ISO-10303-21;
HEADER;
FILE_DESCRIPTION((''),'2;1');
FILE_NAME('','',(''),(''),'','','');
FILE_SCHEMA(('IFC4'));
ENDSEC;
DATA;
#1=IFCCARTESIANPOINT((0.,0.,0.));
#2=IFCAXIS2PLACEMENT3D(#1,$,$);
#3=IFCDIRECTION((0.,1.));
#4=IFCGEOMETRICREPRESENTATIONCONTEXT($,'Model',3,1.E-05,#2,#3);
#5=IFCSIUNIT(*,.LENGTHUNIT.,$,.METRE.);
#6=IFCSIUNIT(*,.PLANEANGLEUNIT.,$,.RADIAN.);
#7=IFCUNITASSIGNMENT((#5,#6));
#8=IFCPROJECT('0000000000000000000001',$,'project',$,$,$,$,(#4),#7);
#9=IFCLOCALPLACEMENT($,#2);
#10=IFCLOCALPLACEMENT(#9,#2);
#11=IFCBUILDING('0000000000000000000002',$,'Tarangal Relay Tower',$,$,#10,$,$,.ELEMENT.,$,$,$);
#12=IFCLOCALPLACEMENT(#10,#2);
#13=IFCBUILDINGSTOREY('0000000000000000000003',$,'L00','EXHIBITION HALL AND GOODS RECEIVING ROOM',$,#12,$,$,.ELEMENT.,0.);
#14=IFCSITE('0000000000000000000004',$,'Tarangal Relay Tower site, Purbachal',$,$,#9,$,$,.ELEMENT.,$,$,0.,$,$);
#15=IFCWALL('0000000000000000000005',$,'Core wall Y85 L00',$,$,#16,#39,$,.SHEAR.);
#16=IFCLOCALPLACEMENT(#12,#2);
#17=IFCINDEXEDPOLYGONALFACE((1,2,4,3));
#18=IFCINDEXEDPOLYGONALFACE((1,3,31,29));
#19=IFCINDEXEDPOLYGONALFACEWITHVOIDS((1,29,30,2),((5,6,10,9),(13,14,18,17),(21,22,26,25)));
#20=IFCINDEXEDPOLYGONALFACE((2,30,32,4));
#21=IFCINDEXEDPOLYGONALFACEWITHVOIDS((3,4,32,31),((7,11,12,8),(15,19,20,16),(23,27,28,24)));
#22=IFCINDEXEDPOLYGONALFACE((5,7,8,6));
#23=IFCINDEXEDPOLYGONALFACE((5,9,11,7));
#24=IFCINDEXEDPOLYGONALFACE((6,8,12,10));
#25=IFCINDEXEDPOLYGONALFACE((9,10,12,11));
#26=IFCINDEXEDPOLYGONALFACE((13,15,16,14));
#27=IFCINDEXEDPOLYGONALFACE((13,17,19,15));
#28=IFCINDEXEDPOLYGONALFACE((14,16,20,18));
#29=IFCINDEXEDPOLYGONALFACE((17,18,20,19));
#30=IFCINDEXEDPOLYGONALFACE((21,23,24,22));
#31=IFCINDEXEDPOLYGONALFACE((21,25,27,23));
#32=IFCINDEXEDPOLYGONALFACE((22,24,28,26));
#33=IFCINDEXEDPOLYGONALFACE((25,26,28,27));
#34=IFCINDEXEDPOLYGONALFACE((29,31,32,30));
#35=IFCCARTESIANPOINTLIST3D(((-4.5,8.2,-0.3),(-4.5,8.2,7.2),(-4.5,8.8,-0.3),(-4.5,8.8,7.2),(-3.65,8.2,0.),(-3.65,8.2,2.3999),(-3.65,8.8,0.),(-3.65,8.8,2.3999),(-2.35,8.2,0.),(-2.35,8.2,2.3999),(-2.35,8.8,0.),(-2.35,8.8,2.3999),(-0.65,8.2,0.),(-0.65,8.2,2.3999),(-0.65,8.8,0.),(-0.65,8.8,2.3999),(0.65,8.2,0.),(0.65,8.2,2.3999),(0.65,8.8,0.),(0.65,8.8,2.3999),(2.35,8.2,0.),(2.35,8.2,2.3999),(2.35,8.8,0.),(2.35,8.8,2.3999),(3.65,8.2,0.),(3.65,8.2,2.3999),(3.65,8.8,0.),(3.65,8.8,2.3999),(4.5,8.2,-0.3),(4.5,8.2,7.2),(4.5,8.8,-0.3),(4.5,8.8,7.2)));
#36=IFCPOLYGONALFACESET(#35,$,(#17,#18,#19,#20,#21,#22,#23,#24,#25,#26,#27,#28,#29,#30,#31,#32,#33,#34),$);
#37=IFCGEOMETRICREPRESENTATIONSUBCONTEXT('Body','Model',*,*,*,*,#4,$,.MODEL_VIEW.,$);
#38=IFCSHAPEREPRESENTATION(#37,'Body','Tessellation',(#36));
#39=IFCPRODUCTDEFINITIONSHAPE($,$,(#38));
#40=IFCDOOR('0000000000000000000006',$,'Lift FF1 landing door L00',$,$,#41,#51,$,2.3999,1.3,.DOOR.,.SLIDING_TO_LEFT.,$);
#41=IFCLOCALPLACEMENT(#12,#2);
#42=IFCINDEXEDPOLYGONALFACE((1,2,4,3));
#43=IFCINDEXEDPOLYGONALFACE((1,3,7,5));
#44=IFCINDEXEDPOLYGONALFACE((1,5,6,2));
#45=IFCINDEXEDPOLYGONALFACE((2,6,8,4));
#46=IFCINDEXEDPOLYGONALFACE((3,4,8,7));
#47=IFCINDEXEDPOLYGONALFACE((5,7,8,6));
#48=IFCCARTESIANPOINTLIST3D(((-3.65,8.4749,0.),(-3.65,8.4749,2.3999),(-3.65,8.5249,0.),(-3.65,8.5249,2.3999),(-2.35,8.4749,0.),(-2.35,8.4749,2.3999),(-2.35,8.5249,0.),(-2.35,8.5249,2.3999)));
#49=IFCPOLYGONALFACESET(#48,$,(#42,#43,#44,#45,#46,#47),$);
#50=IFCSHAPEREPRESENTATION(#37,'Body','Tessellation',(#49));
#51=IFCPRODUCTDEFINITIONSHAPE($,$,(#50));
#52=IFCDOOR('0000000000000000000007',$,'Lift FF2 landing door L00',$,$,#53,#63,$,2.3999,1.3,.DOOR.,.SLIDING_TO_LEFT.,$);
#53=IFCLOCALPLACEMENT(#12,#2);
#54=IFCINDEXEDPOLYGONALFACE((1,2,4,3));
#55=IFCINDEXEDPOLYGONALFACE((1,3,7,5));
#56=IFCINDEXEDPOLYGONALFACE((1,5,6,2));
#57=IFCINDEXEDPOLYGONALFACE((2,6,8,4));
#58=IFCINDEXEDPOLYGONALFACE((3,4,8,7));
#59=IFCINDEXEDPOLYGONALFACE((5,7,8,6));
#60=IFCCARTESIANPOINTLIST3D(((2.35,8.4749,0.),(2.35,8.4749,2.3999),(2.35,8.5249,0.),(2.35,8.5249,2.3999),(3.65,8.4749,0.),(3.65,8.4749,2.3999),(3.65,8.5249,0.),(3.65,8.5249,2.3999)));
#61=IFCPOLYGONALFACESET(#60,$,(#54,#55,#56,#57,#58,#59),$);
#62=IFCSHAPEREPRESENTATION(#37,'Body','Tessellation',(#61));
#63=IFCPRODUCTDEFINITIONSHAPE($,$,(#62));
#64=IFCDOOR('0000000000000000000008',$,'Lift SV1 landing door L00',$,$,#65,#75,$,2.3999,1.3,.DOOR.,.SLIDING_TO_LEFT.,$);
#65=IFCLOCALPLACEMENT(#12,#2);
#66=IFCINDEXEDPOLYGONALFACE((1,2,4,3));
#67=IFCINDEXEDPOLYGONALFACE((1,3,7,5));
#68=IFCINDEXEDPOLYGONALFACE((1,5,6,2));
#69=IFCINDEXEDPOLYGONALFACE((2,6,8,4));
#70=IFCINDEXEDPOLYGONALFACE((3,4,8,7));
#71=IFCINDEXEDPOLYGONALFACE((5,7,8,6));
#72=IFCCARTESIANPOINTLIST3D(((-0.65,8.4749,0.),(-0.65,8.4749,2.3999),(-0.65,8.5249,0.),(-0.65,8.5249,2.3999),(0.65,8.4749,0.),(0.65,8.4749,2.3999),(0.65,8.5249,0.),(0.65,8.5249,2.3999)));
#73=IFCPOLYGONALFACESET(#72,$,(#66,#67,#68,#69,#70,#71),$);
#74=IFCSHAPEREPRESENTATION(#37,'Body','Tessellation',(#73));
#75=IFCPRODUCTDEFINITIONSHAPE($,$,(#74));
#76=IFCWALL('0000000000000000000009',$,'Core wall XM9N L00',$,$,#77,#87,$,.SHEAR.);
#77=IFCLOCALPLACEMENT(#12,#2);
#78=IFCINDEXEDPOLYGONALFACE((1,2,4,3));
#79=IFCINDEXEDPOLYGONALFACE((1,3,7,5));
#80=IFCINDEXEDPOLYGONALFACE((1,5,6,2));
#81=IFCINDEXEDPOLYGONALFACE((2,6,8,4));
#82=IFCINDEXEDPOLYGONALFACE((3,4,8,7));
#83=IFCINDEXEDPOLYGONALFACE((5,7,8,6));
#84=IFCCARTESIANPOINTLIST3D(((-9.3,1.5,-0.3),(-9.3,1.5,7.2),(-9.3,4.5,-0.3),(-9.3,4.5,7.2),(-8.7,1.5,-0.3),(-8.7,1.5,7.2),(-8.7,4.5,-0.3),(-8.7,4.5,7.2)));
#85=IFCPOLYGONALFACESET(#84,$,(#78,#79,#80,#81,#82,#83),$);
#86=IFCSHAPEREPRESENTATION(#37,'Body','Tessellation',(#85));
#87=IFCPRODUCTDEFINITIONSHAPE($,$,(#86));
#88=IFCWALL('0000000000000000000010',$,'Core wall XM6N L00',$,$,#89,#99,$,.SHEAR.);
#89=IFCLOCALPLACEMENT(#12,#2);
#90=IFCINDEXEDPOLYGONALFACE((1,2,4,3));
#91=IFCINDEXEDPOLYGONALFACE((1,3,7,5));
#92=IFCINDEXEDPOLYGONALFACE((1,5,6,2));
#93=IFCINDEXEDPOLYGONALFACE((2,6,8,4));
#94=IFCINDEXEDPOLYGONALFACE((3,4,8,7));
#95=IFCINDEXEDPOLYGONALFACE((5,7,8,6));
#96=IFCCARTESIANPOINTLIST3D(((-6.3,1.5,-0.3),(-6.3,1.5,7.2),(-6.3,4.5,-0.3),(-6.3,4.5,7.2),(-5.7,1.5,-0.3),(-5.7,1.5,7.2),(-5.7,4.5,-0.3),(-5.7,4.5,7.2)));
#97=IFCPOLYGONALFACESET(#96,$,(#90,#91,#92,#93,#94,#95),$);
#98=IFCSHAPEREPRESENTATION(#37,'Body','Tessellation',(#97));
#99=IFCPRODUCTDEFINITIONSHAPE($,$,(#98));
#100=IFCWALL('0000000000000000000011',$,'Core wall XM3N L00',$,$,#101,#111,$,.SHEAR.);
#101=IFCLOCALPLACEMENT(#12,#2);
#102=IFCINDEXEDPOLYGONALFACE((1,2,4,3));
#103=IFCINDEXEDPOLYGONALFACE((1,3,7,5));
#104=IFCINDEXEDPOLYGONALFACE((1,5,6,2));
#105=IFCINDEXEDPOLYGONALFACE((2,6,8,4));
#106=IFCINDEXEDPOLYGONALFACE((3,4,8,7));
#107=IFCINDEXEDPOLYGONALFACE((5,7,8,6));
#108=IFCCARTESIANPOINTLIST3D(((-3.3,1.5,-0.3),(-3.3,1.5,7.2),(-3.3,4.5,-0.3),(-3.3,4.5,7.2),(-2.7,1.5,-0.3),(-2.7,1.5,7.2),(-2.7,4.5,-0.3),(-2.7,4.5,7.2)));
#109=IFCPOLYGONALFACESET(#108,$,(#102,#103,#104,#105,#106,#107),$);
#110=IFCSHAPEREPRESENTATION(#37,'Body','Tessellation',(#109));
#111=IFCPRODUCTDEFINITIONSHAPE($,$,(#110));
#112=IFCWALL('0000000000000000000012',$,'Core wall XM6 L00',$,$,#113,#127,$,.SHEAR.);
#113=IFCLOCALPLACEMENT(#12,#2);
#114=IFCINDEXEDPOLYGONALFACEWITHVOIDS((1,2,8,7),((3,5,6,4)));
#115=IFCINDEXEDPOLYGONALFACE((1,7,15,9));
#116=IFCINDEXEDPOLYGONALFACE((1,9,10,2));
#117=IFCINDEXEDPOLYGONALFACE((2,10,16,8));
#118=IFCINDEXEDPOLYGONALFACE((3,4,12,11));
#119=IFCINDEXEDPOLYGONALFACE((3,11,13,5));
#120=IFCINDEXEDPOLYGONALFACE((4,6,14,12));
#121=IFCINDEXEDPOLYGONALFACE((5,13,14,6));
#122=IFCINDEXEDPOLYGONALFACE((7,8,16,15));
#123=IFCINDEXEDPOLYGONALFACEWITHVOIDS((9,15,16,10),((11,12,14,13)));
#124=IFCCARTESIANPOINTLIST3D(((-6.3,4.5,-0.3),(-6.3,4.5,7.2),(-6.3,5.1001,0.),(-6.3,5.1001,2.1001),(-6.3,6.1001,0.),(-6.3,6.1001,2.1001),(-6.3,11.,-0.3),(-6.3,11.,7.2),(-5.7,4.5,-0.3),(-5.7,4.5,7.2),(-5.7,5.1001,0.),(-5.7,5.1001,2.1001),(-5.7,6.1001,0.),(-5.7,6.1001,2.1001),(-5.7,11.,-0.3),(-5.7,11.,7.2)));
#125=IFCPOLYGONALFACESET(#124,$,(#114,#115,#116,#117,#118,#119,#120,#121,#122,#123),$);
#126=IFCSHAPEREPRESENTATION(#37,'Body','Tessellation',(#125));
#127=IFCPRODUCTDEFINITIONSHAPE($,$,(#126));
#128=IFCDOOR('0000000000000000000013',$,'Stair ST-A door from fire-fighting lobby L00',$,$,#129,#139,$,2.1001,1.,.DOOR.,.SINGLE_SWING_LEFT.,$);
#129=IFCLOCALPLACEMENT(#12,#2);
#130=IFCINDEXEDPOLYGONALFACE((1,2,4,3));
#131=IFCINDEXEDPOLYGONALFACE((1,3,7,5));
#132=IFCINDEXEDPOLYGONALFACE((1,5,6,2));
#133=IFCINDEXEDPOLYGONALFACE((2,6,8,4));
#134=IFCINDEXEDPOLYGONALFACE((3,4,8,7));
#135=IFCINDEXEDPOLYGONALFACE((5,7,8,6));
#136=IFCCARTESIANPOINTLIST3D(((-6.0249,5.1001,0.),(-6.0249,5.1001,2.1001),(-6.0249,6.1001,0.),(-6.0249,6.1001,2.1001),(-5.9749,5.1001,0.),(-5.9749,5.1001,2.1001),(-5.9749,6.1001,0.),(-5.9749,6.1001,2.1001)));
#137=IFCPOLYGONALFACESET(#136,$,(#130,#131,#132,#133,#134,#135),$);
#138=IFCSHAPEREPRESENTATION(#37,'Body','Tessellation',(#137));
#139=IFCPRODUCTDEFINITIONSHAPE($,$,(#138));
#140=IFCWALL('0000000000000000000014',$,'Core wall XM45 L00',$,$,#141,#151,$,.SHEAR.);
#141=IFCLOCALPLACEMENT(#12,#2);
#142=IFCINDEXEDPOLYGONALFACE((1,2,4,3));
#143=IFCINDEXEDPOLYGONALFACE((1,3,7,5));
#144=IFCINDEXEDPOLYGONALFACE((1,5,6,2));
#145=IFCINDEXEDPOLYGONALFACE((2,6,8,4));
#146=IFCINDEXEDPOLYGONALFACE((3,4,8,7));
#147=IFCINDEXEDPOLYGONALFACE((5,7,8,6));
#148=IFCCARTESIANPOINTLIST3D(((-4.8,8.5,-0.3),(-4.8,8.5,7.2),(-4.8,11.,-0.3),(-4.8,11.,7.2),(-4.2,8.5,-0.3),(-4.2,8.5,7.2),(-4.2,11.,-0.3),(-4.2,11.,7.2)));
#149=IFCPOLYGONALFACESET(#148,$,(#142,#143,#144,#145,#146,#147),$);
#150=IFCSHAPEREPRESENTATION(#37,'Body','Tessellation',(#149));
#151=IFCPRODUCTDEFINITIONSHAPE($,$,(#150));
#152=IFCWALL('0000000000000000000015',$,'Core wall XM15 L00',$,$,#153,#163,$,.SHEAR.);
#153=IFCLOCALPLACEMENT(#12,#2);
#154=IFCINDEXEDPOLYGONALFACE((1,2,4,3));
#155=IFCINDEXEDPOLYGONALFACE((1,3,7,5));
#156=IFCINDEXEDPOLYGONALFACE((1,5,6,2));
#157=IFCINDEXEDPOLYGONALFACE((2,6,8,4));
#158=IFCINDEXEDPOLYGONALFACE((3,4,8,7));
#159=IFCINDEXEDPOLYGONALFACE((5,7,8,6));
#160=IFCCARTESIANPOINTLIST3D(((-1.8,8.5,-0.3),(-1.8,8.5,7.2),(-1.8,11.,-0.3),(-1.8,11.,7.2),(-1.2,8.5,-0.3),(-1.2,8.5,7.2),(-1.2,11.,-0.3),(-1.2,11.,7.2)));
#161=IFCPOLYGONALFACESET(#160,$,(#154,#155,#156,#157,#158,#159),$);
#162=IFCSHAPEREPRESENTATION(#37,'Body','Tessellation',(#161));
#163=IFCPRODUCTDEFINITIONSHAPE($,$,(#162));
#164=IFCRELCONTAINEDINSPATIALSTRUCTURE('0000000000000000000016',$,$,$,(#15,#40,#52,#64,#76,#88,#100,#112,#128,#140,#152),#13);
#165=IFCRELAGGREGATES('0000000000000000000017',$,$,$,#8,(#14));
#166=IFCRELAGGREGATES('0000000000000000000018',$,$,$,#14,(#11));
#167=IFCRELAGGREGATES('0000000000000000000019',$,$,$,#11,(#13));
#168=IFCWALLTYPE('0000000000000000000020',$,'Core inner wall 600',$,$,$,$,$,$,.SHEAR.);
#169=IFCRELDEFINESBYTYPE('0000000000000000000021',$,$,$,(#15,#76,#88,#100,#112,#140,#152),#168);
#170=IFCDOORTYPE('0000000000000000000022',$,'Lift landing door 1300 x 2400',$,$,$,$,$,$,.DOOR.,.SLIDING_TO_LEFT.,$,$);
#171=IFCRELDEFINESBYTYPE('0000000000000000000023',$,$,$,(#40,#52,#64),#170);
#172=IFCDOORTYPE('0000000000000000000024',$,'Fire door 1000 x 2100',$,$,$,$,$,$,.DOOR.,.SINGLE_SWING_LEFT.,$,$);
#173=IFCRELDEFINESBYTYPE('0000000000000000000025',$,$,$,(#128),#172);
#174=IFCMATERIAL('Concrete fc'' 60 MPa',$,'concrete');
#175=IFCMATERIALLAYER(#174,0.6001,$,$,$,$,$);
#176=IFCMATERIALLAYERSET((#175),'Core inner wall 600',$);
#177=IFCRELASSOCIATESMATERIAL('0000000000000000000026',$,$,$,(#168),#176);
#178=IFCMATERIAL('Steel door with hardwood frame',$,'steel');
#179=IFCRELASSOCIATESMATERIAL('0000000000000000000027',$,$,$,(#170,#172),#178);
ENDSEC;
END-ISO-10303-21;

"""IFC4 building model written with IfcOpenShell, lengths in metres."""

from ifc_helpers import new_model, si_unit, direction, frame, frame_2d, origin, place, context, subcontext, project, spatial, rectangle, extrude, material, layer, layer_set, type_object, element, fill, save


model = new_model("IFC4")

# Units and contexts
model_context = context("Model", 3, precision=1e-05, world=origin(), true_north=direction((0.0, 1.0)))
body_context = subcontext(model_context, "Body", "Model", "MODEL_VIEW")
ifc_project = project(units=[si_unit("LENGTHUNIT", "METRE"), si_unit("PLANEANGLEUNIT", "RADIAN")], contexts=[model_context])

# Site, building, storey
site_placement = place(None, origin())
site = spatial("IfcSite", under=ifc_project, at=site_placement, Name="Tarangal Relay Tower site, Purbachal", CompositionType="ELEMENT", RefElevation=0.0)
building_placement = place(site_placement, origin())
building = spatial("IfcBuilding", under=site, at=building_placement, Name="Tarangal Relay Tower", CompositionType="ELEMENT")
storey_placement = place(building_placement, origin())
storey = spatial("IfcBuildingStorey", under=building, at=storey_placement, Name="L00", Description="EXHIBITION HALL AND GOODS RECEIVING ROOM", CompositionType="ELEMENT", Elevation=0.0)

# Wall, openings, doors
ifc_material_1 = material(Name="Concrete fc' 60 MPa", Category="concrete")
ifc_layer = layer(ifc_material_1, 0.6001)
ifc_layer_set = layer_set([ifc_layer], Name="Core inner wall 600")
wall_type = type_object("IfcWallType", Name="Core inner wall 600", PredefinedType="SHEAR", material=ifc_layer_set)
ifc_material_2 = material(Name="Steel door with hardwood frame", Category="steel")
wall_1_placement = place(storey_placement, frame((-4.5, 8.5, -0.3), z_axis=(0.0, 0.0, 1.0), x_axis=(1.0, 0.0, 0.0)))
wall_1 = element("IfcWall", 1, at=wall_1_placement, inside=storey, type_object=wall_type, Name="Core wall Y85 L00", PredefinedType="SHEAR", context=body_context, shape_type="SweptSolid", body=[
    extrude(rectangle(XDim=9.0, YDim=0.6001, at=frame_2d((4.5, 0.0))), origin(), (0.0, 0.0, 1.0), 7.5),
])
opening_1_placement = place(wall_1_placement, frame((0.8501, 0.0, 0.3)))
opening_1 = element("IfcOpeningElement", 2, at=opening_1_placement, cuts=wall_1, PredefinedType="OPENING", context=body_context, shape_type="SweptSolid", body=[
    extrude(rectangle(XDim=1.3, YDim=2.3999, at=frame_2d((0.6499, 1.2))), frame((0.0, 0.3101, 0.0), z_axis=(0.0, -1.0, 0.0), x_axis=(1.0, 0.0, 0.0)), (0.0, 0.0, 1.0), 0.6201),
])
opening_2_placement = place(wall_1_placement, frame((6.8501, 0.0, 0.3)))
opening_2 = element("IfcOpeningElement", 3, at=opening_2_placement, cuts=wall_1, PredefinedType="OPENING", context=body_context, shape_type="SweptSolid", body=[
    extrude(rectangle(XDim=1.3, YDim=2.3999, at=frame_2d((0.6499, 1.2))), frame((0.0, 0.3101, 0.0), z_axis=(0.0, -1.0, 0.0), x_axis=(1.0, 0.0, 0.0)), (0.0, 0.0, 1.0), 0.6201),
])
opening_3_placement = place(wall_1_placement, frame((3.8501, 0.0, 0.3)))
opening_3 = element("IfcOpeningElement", 4, at=opening_3_placement, cuts=wall_1, PredefinedType="OPENING", context=body_context, shape_type="SweptSolid", body=[
    extrude(rectangle(XDim=1.3, YDim=2.3999, at=frame_2d((0.6499, 1.2))), frame((0.0, 0.3101, 0.0), z_axis=(0.0, -1.0, 0.0), x_axis=(1.0, 0.0, 0.0)), (0.0, 0.0, 1.0), 0.6201),
])
door_type_1 = type_object("IfcDoorType", Name="Lift landing door 1300 x 2400", OperationType="SLIDING_TO_LEFT", PredefinedType="DOOR", material=ifc_material_2)
door_1_placement = place(opening_1_placement, origin())
door_1 = element("IfcDoor", 5, at=door_1_placement, inside=storey, type_object=door_type_1, Name="Lift FF1 landing door L00", OperationType="SLIDING_TO_LEFT", OverallHeight=2.3999, OverallWidth=1.3, PredefinedType="DOOR", context=body_context, shape_type="SweptSolid", body=[
    extrude(rectangle(XDim=1.3, YDim=2.3999, at=frame_2d((0.6499, 1.2))), frame((0.0, 0.0249, 0.0), z_axis=(0.0, -1.0, 0.0), x_axis=(1.0, 0.0, 0.0)), (0.0, 0.0, 1.0), 0.05),
])
fill(opening_1, door_1)
door_2_placement = place(opening_2_placement, origin())
door_2 = element("IfcDoor", 6, at=door_2_placement, inside=storey, type_object=door_type_1, Name="Lift FF2 landing door L00", OperationType="SLIDING_TO_LEFT", OverallHeight=2.3999, OverallWidth=1.3, PredefinedType="DOOR", context=body_context, shape_type="SweptSolid", body=[
    extrude(rectangle(XDim=1.3, YDim=2.3999, at=frame_2d((0.6499, 1.2))), frame((0.0, 0.0249, 0.0), z_axis=(0.0, -1.0, 0.0), x_axis=(1.0, 0.0, 0.0)), (0.0, 0.0, 1.0), 0.05),
])
fill(opening_2, door_2)
door_3_placement = place(opening_3_placement, origin())
door_3 = element("IfcDoor", 7, at=door_3_placement, inside=storey, type_object=door_type_1, Name="Lift SV1 landing door L00", OperationType="SLIDING_TO_LEFT", OverallHeight=2.3999, OverallWidth=1.3, PredefinedType="DOOR", context=body_context, shape_type="SweptSolid", body=[
    extrude(rectangle(XDim=1.3, YDim=2.3999, at=frame_2d((0.6499, 1.2))), frame((0.0, 0.0249, 0.0), z_axis=(0.0, -1.0, 0.0), x_axis=(1.0, 0.0, 0.0)), (0.0, 0.0, 1.0), 0.05),
])
fill(opening_3, door_3)

# Walls
for number, where, z_axis, x_axis, name in (
    (8, (-9.0, 1.5, -0.3), (0.0, 0.0, 1.0), (0.0, 1.0, 0.0), "Core wall XM9N L00"),
    (9, (-6.0, 1.5, -0.3), (0.0, 0.0, 1.0), (0.0, 1.0, 0.0), "Core wall XM6N L00"),
    (10, (-3.0, 1.5, -0.3), (0.0, 0.0, 1.0), (0.0, 1.0, 0.0), "Core wall XM3N L00"),
):
    element("IfcWall", number, at=place(storey_placement, frame(where, z_axis=z_axis, x_axis=x_axis)), inside=storey, type_object=wall_type, Name=name, PredefinedType="SHEAR", context=body_context, shape_type="SweptSolid", body=[
        extrude(rectangle(XDim=3.0, YDim=0.6001, at=frame_2d((1.5, 0.0))), origin(), (0.0, 0.0, 1.0), 7.5),
    ])

# Wall, opening, door
wall_2_placement = place(storey_placement, frame((-6.0, 4.5, -0.3), z_axis=(0.0, 0.0, 1.0), x_axis=(0.0, 1.0, 0.0)))
wall_2 = element("IfcWall", 11, at=wall_2_placement, inside=storey, type_object=wall_type, Name="Core wall XM6 L00", PredefinedType="SHEAR", context=body_context, shape_type="SweptSolid", body=[
    extrude(rectangle(XDim=6.5, YDim=0.6001, at=frame_2d((3.25, 0.0))), origin(), (0.0, 0.0, 1.0), 7.5),
])
opening_4_placement = place(wall_2_placement, frame((0.6001, 0.0, 0.3)))
opening_4 = element("IfcOpeningElement", 12, at=opening_4_placement, cuts=wall_2, PredefinedType="OPENING", context=body_context, shape_type="SweptSolid", body=[
    extrude(rectangle(XDim=1.0, YDim=2.1001, at=frame_2d((0.5, 1.05))), frame((0.0, 0.3101, 0.0), z_axis=(0.0, -1.0, 0.0), x_axis=(1.0, 0.0, 0.0)), (0.0, 0.0, 1.0), 0.6201),
])
door_type_2 = type_object("IfcDoorType", Name="Fire door 1000 x 2100", OperationType="SINGLE_SWING_LEFT", PredefinedType="DOOR", material=ifc_material_2)
door_4_placement = place(opening_4_placement, origin())
door_4 = element("IfcDoor", 13, at=door_4_placement, inside=storey, type_object=door_type_2, Name="Stair ST-A door from fire-fighting lobby L00", OperationType="SINGLE_SWING_LEFT", OverallHeight=2.1001, OverallWidth=1.0, PredefinedType="DOOR", context=body_context, shape_type="SweptSolid", body=[
    extrude(rectangle(XDim=1.0, YDim=2.1001, at=frame_2d((0.5, 1.05))), frame((0.0, 0.0249, 0.0), z_axis=(0.0, -1.0, 0.0), x_axis=(1.0, 0.0, 0.0)), (0.0, 0.0, 1.0), 0.05),
])
fill(opening_4, door_4)

# Walls
for number, where, z_axis, x_axis, name in (
    (14, (-4.5, 8.5, -0.3), (0.0, 0.0, 1.0), (0.0, 1.0, 0.0), "Core wall XM45 L00"),
    (15, (-1.5, 8.5, -0.3), (0.0, 0.0, 1.0), (0.0, 1.0, 0.0), "Core wall XM15 L00"),
):
    element("IfcWall", number, at=place(storey_placement, frame(where, z_axis=z_axis, x_axis=x_axis)), inside=storey, type_object=wall_type, Name=name, PredefinedType="SHEAR", context=body_context, shape_type="SweptSolid", body=[
        extrude(rectangle(XDim=2.5, YDim=0.6001, at=frame_2d((1.25, 0.0))), origin(), (0.0, 0.0, 1.0), 7.5),
    ])

save(model, "model.ifc")
